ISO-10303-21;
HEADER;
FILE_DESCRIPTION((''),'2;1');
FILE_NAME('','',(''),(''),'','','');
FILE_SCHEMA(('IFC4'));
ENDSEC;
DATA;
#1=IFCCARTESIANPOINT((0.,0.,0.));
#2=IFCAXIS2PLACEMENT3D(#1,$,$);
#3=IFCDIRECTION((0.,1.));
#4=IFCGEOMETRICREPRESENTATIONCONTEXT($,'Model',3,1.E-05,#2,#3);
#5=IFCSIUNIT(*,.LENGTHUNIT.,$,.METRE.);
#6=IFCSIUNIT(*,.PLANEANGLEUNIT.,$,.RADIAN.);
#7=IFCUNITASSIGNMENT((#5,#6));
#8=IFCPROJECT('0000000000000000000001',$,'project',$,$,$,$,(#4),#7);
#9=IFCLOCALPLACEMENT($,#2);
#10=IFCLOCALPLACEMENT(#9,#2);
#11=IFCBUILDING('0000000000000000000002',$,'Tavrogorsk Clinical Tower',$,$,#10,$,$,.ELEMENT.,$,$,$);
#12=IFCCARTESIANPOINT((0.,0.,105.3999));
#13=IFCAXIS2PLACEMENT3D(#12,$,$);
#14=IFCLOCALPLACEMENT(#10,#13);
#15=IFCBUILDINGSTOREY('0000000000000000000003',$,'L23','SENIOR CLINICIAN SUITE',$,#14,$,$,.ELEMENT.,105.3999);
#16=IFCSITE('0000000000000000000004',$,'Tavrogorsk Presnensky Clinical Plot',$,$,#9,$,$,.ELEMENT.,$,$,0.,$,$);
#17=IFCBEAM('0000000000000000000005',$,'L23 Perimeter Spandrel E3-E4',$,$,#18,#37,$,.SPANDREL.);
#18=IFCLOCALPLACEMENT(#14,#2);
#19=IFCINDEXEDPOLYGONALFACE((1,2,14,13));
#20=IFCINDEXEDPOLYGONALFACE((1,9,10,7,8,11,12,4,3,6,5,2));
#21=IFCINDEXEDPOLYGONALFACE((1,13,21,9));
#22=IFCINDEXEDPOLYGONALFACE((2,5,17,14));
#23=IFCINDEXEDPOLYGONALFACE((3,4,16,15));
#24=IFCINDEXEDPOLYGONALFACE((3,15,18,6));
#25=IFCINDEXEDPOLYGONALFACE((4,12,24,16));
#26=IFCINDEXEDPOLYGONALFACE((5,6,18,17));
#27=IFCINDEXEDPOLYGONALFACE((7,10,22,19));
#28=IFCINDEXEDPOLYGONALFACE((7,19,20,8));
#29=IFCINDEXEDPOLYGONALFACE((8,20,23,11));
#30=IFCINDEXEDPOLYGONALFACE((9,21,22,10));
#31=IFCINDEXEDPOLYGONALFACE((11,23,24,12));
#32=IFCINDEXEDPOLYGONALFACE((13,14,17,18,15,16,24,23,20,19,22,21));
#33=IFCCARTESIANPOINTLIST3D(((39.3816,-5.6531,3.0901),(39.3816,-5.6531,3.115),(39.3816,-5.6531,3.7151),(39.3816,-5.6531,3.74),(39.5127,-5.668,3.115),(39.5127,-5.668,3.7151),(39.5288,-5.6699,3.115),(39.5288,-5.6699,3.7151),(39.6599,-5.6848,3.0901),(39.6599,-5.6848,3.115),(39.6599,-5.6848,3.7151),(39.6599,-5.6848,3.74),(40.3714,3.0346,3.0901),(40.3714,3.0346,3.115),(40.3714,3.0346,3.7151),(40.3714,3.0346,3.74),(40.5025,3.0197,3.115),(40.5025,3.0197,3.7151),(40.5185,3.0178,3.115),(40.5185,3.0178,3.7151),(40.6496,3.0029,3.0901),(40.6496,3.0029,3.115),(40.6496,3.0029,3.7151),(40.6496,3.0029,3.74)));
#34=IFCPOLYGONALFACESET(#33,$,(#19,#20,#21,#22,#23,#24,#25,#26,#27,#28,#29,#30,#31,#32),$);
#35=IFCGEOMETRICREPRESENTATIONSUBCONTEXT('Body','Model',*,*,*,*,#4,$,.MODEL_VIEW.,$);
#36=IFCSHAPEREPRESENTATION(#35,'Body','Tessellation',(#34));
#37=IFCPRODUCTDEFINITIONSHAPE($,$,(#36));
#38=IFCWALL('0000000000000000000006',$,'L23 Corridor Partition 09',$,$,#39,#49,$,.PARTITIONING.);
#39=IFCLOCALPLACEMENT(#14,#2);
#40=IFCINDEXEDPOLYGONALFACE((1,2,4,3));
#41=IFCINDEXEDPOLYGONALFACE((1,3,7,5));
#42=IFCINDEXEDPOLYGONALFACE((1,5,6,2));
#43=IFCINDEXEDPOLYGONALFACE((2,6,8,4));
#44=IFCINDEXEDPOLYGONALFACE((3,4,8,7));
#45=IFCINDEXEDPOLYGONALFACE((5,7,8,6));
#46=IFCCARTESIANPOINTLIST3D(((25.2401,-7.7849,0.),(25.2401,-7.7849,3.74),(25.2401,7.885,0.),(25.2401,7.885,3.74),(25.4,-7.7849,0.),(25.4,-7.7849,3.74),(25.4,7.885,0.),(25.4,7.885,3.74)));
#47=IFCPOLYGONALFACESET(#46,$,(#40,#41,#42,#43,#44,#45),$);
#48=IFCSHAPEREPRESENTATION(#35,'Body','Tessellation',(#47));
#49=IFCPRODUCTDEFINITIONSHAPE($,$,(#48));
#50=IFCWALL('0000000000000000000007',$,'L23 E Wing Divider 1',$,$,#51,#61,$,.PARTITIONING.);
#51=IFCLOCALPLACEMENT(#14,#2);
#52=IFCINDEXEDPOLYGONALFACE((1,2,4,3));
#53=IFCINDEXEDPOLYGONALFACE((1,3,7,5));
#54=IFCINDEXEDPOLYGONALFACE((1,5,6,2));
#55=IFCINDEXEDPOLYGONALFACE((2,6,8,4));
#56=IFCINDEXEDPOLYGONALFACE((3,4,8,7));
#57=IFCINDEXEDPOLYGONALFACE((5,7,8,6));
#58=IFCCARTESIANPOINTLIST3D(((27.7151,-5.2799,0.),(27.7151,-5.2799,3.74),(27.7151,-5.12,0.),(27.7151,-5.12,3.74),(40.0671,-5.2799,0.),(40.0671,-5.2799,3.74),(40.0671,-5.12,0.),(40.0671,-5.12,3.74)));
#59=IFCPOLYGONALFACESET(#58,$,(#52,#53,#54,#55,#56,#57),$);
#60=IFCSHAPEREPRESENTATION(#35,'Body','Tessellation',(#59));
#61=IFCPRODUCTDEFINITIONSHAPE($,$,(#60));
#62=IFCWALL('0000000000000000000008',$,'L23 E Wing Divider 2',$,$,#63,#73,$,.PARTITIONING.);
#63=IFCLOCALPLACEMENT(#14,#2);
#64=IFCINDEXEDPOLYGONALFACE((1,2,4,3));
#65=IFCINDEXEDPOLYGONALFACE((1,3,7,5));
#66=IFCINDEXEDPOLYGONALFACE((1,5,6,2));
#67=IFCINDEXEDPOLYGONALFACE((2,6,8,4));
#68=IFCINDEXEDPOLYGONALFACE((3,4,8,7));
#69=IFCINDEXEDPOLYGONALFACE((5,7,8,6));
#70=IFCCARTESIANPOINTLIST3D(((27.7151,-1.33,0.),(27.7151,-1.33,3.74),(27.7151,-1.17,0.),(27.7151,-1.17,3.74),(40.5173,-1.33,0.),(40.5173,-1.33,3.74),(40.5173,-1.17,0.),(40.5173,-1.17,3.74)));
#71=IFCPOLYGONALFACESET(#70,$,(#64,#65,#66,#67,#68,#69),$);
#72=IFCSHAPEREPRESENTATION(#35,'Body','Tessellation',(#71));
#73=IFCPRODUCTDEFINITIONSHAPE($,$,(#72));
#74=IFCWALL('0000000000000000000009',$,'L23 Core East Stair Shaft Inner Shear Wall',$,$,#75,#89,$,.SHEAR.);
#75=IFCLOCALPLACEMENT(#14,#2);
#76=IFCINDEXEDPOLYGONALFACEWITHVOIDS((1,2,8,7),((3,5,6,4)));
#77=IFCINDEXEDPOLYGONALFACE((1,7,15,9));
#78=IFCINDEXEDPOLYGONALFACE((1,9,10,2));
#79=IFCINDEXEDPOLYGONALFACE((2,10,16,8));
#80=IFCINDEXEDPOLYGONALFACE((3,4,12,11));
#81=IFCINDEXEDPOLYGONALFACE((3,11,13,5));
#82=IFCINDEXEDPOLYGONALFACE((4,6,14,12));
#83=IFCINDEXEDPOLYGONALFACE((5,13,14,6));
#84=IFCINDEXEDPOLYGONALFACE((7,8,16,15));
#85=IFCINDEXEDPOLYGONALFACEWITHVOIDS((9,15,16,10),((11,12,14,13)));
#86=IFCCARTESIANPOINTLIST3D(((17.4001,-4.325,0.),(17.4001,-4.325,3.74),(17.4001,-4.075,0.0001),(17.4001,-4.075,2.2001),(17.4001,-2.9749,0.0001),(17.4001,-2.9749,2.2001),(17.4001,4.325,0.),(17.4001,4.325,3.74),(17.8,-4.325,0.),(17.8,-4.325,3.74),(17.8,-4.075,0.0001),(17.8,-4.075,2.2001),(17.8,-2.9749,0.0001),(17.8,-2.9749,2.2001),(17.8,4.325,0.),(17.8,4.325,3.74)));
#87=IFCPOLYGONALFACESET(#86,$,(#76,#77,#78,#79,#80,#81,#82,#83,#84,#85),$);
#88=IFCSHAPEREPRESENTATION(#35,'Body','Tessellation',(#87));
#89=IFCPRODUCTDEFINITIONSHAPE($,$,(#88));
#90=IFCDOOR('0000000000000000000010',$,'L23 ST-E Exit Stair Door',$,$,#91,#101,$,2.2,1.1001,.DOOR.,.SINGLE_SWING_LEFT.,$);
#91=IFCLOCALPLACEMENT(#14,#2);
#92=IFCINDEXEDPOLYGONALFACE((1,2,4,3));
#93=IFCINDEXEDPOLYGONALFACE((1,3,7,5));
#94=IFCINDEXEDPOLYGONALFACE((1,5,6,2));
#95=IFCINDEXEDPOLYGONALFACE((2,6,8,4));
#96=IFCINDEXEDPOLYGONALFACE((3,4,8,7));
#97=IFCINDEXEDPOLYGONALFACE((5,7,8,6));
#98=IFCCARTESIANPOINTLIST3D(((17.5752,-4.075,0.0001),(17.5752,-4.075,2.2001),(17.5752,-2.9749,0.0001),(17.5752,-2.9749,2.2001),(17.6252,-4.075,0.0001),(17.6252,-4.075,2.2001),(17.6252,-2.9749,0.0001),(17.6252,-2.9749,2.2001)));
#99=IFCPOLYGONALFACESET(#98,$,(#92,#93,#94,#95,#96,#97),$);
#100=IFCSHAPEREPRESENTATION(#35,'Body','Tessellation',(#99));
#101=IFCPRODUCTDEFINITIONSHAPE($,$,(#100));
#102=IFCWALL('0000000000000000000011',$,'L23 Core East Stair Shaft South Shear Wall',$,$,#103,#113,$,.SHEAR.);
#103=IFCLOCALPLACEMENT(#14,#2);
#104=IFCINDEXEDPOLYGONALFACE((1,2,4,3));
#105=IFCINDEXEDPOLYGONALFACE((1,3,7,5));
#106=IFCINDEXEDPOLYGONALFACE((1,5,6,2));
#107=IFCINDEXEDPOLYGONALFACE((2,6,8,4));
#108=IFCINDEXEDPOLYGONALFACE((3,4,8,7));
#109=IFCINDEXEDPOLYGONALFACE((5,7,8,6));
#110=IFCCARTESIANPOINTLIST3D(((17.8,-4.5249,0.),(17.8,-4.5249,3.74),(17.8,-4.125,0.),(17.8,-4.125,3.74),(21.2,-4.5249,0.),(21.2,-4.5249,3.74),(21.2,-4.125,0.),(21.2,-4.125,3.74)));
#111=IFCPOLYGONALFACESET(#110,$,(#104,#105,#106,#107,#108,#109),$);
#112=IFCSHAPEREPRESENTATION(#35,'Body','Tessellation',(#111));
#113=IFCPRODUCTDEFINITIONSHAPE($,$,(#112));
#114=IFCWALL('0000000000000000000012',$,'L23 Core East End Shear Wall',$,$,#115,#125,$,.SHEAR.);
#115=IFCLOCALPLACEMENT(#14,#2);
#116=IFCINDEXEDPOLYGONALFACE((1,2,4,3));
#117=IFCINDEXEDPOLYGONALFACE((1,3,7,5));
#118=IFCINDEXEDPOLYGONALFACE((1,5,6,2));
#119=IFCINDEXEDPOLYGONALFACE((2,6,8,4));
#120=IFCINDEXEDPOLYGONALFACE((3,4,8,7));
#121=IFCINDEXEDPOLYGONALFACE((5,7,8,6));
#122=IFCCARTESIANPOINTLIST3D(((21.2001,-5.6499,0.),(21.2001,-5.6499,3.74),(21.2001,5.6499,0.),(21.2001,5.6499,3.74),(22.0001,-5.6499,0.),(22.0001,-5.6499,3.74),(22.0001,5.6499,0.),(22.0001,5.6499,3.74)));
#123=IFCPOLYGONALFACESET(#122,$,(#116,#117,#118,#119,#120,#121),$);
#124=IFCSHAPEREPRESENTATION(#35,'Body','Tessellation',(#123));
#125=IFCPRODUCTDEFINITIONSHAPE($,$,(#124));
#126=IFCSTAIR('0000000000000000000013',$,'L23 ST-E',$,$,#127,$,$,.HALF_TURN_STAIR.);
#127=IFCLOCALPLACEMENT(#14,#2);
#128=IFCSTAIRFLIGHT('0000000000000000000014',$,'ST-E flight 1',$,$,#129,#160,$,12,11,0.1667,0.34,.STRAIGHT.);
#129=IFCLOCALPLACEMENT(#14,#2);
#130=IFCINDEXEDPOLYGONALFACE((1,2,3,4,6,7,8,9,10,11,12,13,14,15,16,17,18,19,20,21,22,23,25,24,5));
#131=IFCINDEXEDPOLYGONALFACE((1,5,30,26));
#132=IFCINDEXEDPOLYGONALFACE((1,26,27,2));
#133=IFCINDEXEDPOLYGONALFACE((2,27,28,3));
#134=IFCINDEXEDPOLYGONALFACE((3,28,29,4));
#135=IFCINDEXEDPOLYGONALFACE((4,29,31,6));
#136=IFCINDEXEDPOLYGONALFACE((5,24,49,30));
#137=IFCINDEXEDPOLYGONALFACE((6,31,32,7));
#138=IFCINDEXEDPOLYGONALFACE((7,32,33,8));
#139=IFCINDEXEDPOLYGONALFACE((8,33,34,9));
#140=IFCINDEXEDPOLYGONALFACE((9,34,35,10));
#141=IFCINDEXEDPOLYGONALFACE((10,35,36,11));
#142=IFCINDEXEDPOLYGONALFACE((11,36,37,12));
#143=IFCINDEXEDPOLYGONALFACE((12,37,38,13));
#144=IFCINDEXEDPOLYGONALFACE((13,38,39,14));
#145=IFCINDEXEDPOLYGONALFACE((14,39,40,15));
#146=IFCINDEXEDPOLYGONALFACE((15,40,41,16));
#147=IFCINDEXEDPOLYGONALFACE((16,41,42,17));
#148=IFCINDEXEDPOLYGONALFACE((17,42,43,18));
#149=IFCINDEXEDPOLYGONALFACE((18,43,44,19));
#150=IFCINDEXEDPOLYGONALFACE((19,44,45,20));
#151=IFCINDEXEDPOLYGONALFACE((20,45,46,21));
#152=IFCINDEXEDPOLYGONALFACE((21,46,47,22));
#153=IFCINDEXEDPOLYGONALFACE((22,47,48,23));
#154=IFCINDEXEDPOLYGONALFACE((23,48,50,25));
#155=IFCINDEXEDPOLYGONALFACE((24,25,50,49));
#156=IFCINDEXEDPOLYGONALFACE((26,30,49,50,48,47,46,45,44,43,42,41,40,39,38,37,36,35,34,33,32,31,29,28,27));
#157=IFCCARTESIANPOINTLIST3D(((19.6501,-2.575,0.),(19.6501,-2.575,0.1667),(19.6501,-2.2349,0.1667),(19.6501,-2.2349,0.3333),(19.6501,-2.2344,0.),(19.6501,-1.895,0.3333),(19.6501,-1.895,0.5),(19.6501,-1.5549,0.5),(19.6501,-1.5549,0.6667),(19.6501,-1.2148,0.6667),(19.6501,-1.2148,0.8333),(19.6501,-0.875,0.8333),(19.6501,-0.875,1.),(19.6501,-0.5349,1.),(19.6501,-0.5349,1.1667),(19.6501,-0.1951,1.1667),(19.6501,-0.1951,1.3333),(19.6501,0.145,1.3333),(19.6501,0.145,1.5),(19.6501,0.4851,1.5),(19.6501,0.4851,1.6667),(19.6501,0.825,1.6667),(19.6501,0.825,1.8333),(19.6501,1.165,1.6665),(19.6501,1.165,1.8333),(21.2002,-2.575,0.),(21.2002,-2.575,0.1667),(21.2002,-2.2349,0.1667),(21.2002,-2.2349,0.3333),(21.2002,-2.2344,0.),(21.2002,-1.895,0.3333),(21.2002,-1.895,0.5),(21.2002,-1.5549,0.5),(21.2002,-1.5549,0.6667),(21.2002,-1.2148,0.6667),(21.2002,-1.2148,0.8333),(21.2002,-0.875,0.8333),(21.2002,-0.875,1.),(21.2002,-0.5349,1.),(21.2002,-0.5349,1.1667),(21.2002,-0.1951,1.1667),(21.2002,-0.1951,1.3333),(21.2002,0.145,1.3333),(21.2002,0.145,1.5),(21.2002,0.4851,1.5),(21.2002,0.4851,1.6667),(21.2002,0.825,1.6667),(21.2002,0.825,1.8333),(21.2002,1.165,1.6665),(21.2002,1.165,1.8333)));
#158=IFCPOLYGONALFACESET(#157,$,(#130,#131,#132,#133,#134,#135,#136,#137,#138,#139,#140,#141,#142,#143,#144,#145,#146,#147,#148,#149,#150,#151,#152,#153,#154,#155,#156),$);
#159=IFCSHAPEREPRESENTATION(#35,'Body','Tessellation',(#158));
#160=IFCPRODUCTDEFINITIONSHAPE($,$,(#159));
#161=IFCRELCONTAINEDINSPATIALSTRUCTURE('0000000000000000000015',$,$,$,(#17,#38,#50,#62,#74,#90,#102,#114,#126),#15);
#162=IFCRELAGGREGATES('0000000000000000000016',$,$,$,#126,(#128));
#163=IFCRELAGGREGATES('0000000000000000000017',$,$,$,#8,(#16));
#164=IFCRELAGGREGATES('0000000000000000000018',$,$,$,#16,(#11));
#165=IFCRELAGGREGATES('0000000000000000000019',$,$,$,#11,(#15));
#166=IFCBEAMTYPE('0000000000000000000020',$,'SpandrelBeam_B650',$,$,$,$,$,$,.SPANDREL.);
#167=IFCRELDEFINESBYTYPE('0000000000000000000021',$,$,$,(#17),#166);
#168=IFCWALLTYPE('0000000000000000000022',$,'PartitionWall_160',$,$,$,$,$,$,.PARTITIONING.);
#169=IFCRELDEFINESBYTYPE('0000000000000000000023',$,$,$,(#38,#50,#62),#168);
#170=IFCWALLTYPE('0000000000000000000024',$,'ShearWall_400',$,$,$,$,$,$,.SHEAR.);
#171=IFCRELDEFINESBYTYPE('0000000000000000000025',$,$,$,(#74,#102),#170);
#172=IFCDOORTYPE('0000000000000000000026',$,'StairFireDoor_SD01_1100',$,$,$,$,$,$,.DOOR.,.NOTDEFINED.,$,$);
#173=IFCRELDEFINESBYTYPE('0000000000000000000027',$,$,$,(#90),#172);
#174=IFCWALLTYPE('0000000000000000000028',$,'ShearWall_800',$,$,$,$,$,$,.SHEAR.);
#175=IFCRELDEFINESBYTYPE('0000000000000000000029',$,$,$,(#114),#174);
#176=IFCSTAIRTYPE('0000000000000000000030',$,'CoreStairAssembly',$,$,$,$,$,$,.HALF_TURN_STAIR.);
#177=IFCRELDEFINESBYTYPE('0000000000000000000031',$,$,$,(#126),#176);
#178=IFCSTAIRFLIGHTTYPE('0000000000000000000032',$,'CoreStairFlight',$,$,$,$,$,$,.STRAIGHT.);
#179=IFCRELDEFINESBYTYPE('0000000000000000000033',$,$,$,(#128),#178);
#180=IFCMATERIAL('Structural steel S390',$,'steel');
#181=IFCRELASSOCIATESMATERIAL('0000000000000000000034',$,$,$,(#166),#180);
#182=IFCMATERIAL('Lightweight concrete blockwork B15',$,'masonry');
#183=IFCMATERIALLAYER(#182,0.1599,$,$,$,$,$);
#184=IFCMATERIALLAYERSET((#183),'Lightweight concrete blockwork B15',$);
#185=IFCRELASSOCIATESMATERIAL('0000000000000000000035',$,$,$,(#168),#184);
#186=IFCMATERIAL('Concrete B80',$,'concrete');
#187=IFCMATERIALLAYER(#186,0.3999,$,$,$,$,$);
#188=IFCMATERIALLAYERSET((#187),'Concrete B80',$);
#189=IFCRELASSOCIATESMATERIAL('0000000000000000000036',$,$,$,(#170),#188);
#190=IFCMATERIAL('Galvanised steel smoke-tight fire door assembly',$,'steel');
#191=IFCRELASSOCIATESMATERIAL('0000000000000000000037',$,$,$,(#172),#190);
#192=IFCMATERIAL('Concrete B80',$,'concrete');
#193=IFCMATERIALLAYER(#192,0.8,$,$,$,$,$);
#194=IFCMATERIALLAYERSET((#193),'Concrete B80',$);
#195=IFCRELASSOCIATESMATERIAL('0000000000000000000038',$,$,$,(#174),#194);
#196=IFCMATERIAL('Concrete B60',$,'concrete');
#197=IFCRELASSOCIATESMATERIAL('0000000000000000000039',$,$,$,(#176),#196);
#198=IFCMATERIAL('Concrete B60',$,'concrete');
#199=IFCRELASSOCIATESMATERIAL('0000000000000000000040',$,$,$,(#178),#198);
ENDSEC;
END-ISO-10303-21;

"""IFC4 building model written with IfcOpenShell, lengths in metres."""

from ifc_helpers import new_model, si_unit, direction, frame, frame_2d, origin, origin_2d, place, context, subcontext, project, spatial, polyline, rectangle, i_section, outline, extrude, material, layer, layer_set, material_profile, profile_set, type_object, element, fill, aggregate, save


model = new_model("IFC4")

# Units and contexts
model_context = context("Model", 3, precision=1e-05, world=origin(), true_north=direction((0.0, 1.0)))
body_context = subcontext(model_context, "Body", "Model", "MODEL_VIEW")
ifc_project = project(units=[si_unit("LENGTHUNIT", "METRE"), si_unit("PLANEANGLEUNIT", "RADIAN")], contexts=[model_context])

# Site, building, storey
site_placement = place(None, origin())
site = spatial("IfcSite", under=ifc_project, at=site_placement, Name="Tavrogorsk Presnensky Clinical Plot", CompositionType="ELEMENT", RefElevation=0.0)
building_placement = place(site_placement, origin())
building = spatial("IfcBuilding", under=site, at=building_placement, Name="Tavrogorsk Clinical Tower", CompositionType="ELEMENT")
storey_placement = place(building_placement, frame((0.0, 0.0, 105.3999)))
storey = spatial("IfcBuildingStorey", under=building, at=storey_placement, Name="L23", Description="SENIOR CLINICIAN SUITE", CompositionType="ELEMENT", Elevation=105.3999)

# Beam
ifc_material_1 = material(Name="Structural steel S390", Category="steel")
ifc_material_profile_1 = material_profile(ifc_material_1, i_section(OverallWidth=0.28, OverallDepth=0.6499, WebThickness=0.0161, FlangeThickness=0.0249, at=origin_2d()), Name="B-650x280x16x25")
ifc_profile_set_1 = profile_set([ifc_material_profile_1], Name="Structural steel S390")
beam_type_1 = type_object("IfcBeamType", Name="SpandrelBeam_B650", PredefinedType="SPANDREL", material=ifc_profile_set_1)
beam_1_placement = place(storey_placement, frame((39.5208, -5.6689, 3.415), z_axis=(0.113192, 0.993573, 0.0), x_axis=(-0.993573, 0.113192, 0.0)))
element("IfcBeam", 1, at=beam_1_placement, inside=storey, type_object=beam_type_1, Name="L23 Perimeter Spandrel E3-E4", PredefinedType="SPANDREL", context=body_context, shape_type="SweptSolid", body=[
    extrude(i_section(OverallWidth=0.28, OverallDepth=0.6499, WebThickness=0.0161, FlangeThickness=0.0249, at=origin_2d()), origin(), (0.0, 0.0, 1.0), 8.7439),
])

# Shared definitions
ifc_material_2 = material(Name="Lightweight concrete blockwork B15", Category="masonry")
ifc_layer_1 = layer(ifc_material_2, 0.1599)
ifc_layer_set_1 = layer_set([ifc_layer_1], Name="Lightweight concrete blockwork B15")
wall_type_1 = type_object("IfcWallType", Name="PartitionWall_160", PredefinedType="PARTITIONING", material=ifc_layer_set_1)

# Walls
wall_1_placement = place(storey_placement, frame((25.3201, -7.7849, 0.0), z_axis=(0.0, 0.0, 1.0), x_axis=(0.0, 1.0, 0.0)))
element("IfcWall", 2, at=wall_1_placement, inside=storey, type_object=wall_type_1, Name="L23 Corridor Partition 09", PredefinedType="PARTITIONING", context=body_context, shape_type="SweptSolid", body=[
    extrude(rectangle(XDim=15.6699, YDim=0.1599, at=frame_2d((7.835, 0.0))), origin(), (0.0, 0.0, 1.0), 3.74),
])
wall_2_placement = place(storey_placement, frame((27.7151, -5.2, 0.0), z_axis=(0.0, 0.0, 1.0), x_axis=(1.0, 0.0, 0.0)))
element("IfcWall", 3, at=wall_2_placement, inside=storey, type_object=wall_type_1, Name="L23 E Wing Divider 1", PredefinedType="PARTITIONING", context=body_context, shape_type="SweptSolid", body=[
    extrude(rectangle(XDim=12.3521, YDim=0.1599, at=frame_2d((6.176, 0.0))), origin(), (0.0, 0.0, 1.0), 3.74),
])
wall_3_placement = place(storey_placement, frame((27.7151, -1.25, 0.0), z_axis=(0.0, 0.0, 1.0), x_axis=(1.0, 0.0, 0.0)))
element("IfcWall", 4, at=wall_3_placement, inside=storey, type_object=wall_type_1, Name="L23 E Wing Divider 2", PredefinedType="PARTITIONING", context=body_context, shape_type="SweptSolid", body=[
    extrude(rectangle(XDim=12.8022, YDim=0.1599, at=frame_2d((6.4011, 0.0))), origin(), (0.0, 0.0, 1.0), 3.74),
])

# Wall, opening, door
ifc_material_3 = material(Name="Concrete B80", Category="concrete")
ifc_layer_2 = layer(ifc_material_3, 0.3999)
ifc_layer_set_2 = layer_set([ifc_layer_2], Name="Concrete B80")
wall_type_2 = type_object("IfcWallType", Name="ShearWall_400", PredefinedType="SHEAR", material=ifc_layer_set_2)
wall_4_placement = place(storey_placement, frame((17.6001, -4.325, 0.0), z_axis=(0.0, 0.0, 1.0), x_axis=(0.0, 1.0, 0.0)))
wall_4 = element("IfcWall", 5, at=wall_4_placement, inside=storey, type_object=wall_type_2, Name="L23 Core East Stair Shaft Inner Shear Wall", PredefinedType="SHEAR", context=body_context, shape_type="SweptSolid", body=[
    extrude(rectangle(XDim=8.6499, YDim=0.3999, at=frame_2d((4.325, 0.0))), origin(), (0.0, 0.0, 1.0), 3.74),
])
opening_1_placement = place(wall_4_placement, frame((0.25, 0.0, 0.0)))
opening_1 = element("IfcOpeningElement", 6, at=opening_1_placement, cuts=wall_4, PredefinedType="OPENING", context=body_context, shape_type="SweptSolid", body=[
    extrude(rectangle(XDim=1.1001, YDim=2.2, at=frame_2d((0.55, 1.1001))), frame((0.0, 0.21, 0.0), z_axis=(0.0, -1.0, 0.0), x_axis=(1.0, 0.0, 0.0)), (0.0, 0.0, 1.0), 0.4199),
])
ifc_material_4 = material(Name="Galvanised steel smoke-tight fire door assembly", Category="steel")
door_type_1 = type_object("IfcDoorType", Name="StairFireDoor_SD01_1100", OperationType="NOTDEFINED", PredefinedType="DOOR", material=ifc_material_4)
door_1_placement = place(opening_1_placement, origin())
door_1 = element("IfcDoor", 7, at=door_1_placement, inside=storey, type_object=door_type_1, Name="L23 ST-E Exit Stair Door", OperationType="SINGLE_SWING_LEFT", OverallHeight=2.2, OverallWidth=1.1001, PredefinedType="DOOR", context=body_context, shape_type="SweptSolid", body=[
    extrude(rectangle(XDim=1.1001, YDim=2.2, at=frame_2d((0.55, 1.1001))), frame((0.0, 0.0249, 0.0), z_axis=(0.0, -1.0, 0.0), x_axis=(1.0, 0.0, 0.0)), (0.0, 0.0, 1.0), 0.05),
])
fill(opening_1, door_1)

# Walls
wall_5_placement = place(storey_placement, frame((17.8, -4.325, 0.0), z_axis=(0.0, 0.0, 1.0), x_axis=(1.0, 0.0, 0.0)))
element("IfcWall", 8, at=wall_5_placement, inside=storey, type_object=wall_type_2, Name="L23 Core East Stair Shaft South Shear Wall", PredefinedType="SHEAR", context=body_context, shape_type="SweptSolid", body=[
    extrude(rectangle(XDim=3.3999, YDim=0.3999, at=frame_2d((1.7, 0.0))), origin(), (0.0, 0.0, 1.0), 3.74),
])
ifc_material_5 = material(Name="Concrete B80", Category="concrete")
ifc_layer_3 = layer(ifc_material_5, 0.8)
ifc_layer_set_3 = layer_set([ifc_layer_3], Name="Concrete B80")
wall_type_3 = type_object("IfcWallType", Name="ShearWall_800", PredefinedType="SHEAR", material=ifc_layer_set_3)
wall_6_placement = place(storey_placement, frame((21.6001, -5.6499, 0.0), z_axis=(0.0, 0.0, 1.0), x_axis=(0.0, 1.0, 0.0)))
element("IfcWall", 9, at=wall_6_placement, inside=storey, type_object=wall_type_3, Name="L23 Core East End Shear Wall", PredefinedType="SHEAR", context=body_context, shape_type="SweptSolid", body=[
    extrude(rectangle(XDim=11.2998, YDim=0.8, at=frame_2d((5.6499, 0.0))), origin(), (0.0, 0.0, 1.0), 3.74),
])

# Stair, stair flight
ifc_material_6 = material(Name="Concrete B60", Category="concrete")
stair_type = type_object("IfcStairType", Name="CoreStairAssembly", PredefinedType="HALF_TURN_STAIR", material=ifc_material_6)
stair_placement = place(storey_placement, origin())
stair = element("IfcStair", 10, at=stair_placement, inside=storey, type_object=stair_type, Name="L23 ST-E", PredefinedType="HALF_TURN_STAIR")
ifc_material_7 = material(Name="Concrete B60", Category="concrete")
stair_flight_type = type_object("IfcStairFlightType", Name="CoreStairFlight", PredefinedType="STRAIGHT", material=ifc_material_7)
stair_flight_placement = place(storey_placement, frame((20.425, -2.575, 0.0), z_axis=(0.0, 0.0, 1.0), x_axis=(0.0, 1.0, 0.0)))
stair_flight = element("IfcStairFlight", 11, at=stair_flight_placement, type_object=stair_flight_type, Name="ST-E flight 1", NumberOfRisers=12, NumberOfTreads=11, PredefinedType="STRAIGHT", RiserHeight=0.1667, TreadLength=0.34, context=body_context, shape_type="SweptSolid", body=[
    extrude(outline(polyline([(0.0, 0.0), (0.0, 0.1667), (0.3401, 0.1667), (0.3401, 0.3333), (0.6799, 0.3333), (0.6799, 0.5), (1.02, 0.5), (1.02, 0.6667), (1.3601, 0.6667), (1.3601, 0.8333), (1.7, 0.8333), (1.7, 1.0), (2.04, 1.0), (2.04, 1.1667), (2.3799, 1.1667), (2.3799, 1.3333), (2.72, 1.3333), (2.72, 1.5), (3.0601, 1.5), (3.0601, 1.6667), (3.3999, 1.6667), (3.3999, 1.8333), (3.74, 1.8333), (3.74, 2.0), (3.74, 1.6665), (0.3406, 0.0), (0.0, 0.0)])), frame((0.0, 0.7749, 0.0), z_axis=(0.0, -1.0, 0.0), x_axis=(1.0, 0.0, 0.0)), (0.0, 0.0, 1.0), 1.55),
])
aggregate(stair, [stair_flight])

save(model, "model.ifc")
